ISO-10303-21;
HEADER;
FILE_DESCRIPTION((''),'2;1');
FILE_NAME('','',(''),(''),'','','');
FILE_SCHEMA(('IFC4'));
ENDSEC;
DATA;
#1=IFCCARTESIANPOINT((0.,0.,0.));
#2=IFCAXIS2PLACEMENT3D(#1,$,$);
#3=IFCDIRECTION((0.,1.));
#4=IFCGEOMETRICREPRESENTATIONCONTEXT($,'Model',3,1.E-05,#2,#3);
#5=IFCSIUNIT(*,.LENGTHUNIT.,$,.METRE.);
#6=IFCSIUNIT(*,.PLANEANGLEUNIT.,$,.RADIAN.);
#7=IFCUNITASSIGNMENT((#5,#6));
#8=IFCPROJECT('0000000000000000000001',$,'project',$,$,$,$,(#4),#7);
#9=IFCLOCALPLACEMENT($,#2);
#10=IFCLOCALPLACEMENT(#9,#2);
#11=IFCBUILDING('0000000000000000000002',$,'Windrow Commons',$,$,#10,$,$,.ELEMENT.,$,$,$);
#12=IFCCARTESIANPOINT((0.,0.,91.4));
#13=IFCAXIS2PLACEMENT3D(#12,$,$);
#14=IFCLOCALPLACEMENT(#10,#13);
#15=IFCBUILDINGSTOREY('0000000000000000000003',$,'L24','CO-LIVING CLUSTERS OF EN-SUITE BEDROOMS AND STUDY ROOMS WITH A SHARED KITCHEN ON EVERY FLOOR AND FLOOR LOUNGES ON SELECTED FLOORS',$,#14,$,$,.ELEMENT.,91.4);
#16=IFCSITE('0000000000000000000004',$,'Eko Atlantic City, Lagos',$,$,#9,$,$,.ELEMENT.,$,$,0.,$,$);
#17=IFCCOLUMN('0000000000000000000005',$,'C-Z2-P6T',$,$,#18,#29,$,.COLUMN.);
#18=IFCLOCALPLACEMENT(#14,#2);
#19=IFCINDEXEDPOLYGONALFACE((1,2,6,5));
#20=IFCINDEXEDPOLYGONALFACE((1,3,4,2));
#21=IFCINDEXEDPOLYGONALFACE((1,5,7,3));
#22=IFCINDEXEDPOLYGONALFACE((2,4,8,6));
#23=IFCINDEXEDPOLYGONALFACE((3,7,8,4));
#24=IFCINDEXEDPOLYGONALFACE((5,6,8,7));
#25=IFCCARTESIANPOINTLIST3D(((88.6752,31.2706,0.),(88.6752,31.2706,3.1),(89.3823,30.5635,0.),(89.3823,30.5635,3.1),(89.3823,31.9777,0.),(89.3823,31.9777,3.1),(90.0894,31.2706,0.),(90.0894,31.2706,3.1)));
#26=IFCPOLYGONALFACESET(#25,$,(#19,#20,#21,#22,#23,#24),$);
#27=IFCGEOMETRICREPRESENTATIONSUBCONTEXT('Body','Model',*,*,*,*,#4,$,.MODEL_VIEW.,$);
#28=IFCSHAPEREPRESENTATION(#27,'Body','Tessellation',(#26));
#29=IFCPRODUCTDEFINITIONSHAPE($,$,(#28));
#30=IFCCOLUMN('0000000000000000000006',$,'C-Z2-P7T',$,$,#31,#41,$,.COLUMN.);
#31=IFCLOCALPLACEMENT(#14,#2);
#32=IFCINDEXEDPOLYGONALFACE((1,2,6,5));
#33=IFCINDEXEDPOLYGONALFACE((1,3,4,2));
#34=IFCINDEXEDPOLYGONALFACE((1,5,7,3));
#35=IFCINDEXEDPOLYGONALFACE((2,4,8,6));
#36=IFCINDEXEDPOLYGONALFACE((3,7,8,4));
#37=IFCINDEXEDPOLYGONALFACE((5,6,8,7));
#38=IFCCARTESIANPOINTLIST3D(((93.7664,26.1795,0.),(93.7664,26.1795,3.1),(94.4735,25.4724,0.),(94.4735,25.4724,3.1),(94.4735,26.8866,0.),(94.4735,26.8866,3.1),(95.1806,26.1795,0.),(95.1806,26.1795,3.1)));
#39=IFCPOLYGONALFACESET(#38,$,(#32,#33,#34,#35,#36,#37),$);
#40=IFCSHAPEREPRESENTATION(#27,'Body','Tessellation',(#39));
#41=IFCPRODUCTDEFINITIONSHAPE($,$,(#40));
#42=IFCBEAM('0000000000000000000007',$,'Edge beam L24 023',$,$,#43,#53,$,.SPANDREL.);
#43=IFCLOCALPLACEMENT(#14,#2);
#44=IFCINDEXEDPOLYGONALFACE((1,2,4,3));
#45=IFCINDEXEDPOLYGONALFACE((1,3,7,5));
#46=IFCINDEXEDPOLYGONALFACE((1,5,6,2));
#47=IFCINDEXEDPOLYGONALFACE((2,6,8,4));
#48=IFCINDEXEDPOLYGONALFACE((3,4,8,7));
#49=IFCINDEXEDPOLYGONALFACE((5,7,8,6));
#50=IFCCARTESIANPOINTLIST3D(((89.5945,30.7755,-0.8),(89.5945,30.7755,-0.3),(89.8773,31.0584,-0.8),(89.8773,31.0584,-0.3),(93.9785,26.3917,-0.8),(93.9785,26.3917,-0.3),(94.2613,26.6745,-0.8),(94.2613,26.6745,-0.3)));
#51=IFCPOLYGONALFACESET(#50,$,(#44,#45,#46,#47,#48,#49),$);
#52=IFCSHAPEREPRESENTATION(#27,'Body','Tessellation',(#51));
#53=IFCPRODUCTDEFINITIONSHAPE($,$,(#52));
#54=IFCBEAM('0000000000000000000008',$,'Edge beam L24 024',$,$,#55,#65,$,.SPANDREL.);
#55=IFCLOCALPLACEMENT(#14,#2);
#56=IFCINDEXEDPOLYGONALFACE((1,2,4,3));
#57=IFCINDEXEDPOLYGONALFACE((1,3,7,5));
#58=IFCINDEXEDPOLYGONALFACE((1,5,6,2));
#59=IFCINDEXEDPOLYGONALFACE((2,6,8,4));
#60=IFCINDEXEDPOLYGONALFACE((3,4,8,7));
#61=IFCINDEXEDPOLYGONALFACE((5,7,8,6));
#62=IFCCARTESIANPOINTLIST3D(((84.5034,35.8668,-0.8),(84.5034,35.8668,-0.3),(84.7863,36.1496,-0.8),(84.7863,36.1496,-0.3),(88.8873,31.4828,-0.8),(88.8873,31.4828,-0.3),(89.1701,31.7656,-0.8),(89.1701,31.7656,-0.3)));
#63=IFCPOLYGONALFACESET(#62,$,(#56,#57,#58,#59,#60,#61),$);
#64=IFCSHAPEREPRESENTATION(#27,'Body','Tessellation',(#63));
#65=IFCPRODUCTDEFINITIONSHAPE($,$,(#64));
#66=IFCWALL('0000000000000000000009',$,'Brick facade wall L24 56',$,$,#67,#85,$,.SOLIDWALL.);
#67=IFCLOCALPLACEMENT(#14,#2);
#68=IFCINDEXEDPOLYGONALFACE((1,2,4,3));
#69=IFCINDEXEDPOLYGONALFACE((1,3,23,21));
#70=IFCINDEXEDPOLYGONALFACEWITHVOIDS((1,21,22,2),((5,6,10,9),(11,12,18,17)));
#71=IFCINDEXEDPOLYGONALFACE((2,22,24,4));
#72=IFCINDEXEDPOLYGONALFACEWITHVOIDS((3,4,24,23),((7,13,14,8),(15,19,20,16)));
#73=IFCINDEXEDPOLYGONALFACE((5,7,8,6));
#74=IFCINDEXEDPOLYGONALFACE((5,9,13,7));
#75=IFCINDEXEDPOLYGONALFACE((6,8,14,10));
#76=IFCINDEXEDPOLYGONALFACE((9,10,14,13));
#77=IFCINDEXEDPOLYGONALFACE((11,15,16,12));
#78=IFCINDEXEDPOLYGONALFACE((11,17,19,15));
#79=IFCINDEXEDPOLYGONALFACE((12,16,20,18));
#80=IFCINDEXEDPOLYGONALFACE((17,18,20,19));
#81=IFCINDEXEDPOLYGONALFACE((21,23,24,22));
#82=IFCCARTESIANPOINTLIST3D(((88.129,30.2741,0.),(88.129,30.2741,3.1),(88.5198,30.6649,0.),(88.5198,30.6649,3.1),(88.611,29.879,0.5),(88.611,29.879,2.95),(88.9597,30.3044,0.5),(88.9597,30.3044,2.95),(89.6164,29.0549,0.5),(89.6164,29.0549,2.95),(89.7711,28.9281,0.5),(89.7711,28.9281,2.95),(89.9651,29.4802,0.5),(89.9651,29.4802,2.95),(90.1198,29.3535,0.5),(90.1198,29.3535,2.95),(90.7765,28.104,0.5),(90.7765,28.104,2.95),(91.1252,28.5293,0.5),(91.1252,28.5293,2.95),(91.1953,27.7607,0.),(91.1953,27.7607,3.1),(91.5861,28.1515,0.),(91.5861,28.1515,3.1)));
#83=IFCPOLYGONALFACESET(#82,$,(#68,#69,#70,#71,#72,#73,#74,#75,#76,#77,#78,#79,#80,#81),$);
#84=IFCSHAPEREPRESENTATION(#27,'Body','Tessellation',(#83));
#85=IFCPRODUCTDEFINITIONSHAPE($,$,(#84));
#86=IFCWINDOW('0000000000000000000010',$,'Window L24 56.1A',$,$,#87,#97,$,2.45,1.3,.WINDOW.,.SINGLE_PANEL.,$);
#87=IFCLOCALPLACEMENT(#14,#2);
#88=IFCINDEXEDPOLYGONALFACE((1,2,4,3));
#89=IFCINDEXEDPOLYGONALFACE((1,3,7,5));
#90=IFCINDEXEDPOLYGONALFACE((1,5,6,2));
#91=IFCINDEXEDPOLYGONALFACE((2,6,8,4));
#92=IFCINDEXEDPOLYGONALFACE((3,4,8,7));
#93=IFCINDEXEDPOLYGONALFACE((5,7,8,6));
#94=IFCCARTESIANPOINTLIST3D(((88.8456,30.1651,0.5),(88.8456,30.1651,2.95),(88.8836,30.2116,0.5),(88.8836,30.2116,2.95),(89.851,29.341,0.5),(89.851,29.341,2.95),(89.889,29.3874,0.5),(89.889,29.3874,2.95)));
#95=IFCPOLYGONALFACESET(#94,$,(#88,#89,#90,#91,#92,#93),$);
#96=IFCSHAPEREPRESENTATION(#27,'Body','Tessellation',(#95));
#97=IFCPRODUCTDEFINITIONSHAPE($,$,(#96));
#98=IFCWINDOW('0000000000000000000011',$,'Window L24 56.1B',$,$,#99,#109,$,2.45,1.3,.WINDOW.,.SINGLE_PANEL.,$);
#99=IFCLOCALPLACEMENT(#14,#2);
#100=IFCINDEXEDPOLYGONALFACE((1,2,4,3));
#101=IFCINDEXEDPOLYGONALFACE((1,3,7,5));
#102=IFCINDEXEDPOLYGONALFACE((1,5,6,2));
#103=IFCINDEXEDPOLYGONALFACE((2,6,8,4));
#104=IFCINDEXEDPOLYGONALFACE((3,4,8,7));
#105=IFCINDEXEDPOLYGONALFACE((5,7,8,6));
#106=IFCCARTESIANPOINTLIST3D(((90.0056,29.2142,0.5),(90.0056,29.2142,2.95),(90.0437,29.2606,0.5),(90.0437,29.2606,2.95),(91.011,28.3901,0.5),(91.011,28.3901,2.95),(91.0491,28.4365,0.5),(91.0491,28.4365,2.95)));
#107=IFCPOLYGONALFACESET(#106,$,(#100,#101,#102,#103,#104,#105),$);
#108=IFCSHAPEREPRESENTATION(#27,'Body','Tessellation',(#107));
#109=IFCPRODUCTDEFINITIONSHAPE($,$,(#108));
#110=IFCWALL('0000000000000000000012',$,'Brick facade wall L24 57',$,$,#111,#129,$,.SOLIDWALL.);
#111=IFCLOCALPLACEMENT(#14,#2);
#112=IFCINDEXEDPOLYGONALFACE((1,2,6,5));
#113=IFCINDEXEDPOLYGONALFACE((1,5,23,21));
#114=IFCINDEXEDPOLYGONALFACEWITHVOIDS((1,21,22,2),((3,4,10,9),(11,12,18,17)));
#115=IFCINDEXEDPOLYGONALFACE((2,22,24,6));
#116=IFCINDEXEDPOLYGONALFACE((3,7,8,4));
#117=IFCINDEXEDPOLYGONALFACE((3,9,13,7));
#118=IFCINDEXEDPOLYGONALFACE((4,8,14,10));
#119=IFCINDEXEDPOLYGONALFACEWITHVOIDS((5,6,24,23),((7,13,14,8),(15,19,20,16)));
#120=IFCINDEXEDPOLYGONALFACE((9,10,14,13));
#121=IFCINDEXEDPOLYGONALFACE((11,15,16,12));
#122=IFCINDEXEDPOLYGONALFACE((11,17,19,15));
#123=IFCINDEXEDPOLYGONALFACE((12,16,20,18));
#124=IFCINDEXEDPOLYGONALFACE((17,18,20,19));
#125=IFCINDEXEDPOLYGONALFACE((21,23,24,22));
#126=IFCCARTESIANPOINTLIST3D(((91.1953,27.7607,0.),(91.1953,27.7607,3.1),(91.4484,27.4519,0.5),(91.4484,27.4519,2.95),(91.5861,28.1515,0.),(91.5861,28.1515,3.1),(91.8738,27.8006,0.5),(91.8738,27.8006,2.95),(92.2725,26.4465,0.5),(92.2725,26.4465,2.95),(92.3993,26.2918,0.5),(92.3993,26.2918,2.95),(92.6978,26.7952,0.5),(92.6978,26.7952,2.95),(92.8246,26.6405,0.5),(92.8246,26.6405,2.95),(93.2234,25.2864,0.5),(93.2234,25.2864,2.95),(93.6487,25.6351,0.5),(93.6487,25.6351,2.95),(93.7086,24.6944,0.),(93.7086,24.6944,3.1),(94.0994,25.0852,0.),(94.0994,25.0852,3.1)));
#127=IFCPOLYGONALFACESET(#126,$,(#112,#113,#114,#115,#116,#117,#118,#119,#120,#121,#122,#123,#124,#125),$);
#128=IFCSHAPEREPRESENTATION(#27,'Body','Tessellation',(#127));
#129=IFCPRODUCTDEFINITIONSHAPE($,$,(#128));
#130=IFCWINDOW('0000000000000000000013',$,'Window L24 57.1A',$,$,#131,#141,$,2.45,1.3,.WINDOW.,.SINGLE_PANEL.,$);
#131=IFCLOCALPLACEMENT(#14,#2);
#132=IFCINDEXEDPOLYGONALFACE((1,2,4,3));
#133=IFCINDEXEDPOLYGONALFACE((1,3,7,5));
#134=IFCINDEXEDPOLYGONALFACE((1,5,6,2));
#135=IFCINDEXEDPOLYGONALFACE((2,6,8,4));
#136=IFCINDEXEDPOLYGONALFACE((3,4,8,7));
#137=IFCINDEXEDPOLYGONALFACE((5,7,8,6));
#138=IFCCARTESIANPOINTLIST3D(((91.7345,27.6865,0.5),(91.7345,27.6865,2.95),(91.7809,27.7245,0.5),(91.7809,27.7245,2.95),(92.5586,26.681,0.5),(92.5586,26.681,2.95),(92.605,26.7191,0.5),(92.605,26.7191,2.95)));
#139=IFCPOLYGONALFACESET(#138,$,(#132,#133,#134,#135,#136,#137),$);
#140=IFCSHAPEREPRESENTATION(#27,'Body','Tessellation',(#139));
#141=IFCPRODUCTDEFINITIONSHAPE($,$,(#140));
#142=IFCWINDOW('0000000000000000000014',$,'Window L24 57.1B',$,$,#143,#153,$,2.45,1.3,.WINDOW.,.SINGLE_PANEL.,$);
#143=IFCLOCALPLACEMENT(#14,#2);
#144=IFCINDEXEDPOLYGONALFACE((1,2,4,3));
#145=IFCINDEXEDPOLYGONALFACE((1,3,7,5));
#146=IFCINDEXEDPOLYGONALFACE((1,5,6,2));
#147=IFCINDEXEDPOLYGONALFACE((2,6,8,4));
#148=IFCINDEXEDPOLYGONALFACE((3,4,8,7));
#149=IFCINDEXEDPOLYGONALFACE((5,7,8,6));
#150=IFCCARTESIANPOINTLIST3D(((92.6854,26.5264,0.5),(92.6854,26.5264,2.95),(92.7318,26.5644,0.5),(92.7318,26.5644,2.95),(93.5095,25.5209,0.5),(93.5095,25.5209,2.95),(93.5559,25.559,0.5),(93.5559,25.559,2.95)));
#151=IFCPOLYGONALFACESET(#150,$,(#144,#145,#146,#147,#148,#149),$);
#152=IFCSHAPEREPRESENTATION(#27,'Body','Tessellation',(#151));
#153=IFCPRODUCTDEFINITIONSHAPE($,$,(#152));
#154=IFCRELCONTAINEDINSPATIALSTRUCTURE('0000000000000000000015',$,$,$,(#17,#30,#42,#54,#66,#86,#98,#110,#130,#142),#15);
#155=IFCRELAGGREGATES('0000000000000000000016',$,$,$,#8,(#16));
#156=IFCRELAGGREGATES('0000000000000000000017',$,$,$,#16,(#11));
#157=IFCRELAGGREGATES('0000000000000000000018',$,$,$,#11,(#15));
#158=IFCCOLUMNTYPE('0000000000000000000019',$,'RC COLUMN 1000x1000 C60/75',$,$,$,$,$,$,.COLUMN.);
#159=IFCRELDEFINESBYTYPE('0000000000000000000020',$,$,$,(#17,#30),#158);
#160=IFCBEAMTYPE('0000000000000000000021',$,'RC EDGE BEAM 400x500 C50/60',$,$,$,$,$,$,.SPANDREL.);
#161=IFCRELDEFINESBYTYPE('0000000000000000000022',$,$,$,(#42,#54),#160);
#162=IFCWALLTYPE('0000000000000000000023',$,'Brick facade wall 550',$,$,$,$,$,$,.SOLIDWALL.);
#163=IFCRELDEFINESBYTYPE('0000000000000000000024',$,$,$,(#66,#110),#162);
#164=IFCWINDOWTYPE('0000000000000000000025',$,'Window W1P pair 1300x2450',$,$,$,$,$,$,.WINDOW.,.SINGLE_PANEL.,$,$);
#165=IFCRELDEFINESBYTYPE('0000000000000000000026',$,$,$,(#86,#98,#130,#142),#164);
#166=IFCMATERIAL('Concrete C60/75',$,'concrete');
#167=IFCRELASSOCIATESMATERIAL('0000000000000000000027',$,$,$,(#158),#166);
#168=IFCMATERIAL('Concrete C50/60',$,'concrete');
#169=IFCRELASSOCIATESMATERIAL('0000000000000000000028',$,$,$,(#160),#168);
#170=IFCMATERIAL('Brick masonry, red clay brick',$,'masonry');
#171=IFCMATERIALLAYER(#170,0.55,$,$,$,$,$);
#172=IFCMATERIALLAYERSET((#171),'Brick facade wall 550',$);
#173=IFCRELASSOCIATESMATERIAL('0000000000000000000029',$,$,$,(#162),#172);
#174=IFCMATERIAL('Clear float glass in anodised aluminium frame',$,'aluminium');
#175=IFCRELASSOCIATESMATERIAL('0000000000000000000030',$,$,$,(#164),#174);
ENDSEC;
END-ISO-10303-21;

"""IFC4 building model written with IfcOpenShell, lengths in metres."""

from ifc_helpers import new_model, si_unit, direction, frame, frame_2d, origin, origin_2d, place, context, subcontext, project, spatial, polyline, rectangle, outline, extrude, material, layer, layer_set, material_profile, profile_set, type_object, element, fill, save


model = new_model("IFC4")

# Units and contexts
model_context = context("Model", 3, precision=1e-05, world=origin(), true_north=direction((0.0, 1.0)))
body_context = subcontext(model_context, "Body", "Model", "MODEL_VIEW")
ifc_project = project(units=[si_unit("LENGTHUNIT", "METRE"), si_unit("PLANEANGLEUNIT", "RADIAN")], contexts=[model_context])

# Site, building, storey
site_placement = place(None, origin())
site = spatial("IfcSite", under=ifc_project, at=site_placement, Name="Eko Atlantic City, Lagos", CompositionType="ELEMENT", RefElevation=0.0)
building_placement = place(site_placement, origin())
building = spatial("IfcBuilding", under=site, at=building_placement, Name="Windrow Commons", CompositionType="ELEMENT")
storey_placement = place(building_placement, frame((0.0, 0.0, 91.4)))
storey = spatial("IfcBuildingStorey", under=building, at=storey_placement, Name="L24", Description="CO-LIVING CLUSTERS OF EN-SUITE BEDROOMS AND STUDY ROOMS WITH A SHARED KITCHEN ON EVERY FLOOR AND FLOOR LOUNGES ON SELECTED FLOORS", CompositionType="ELEMENT", Elevation=91.4)

# Columns
ifc_material_1 = material(Name="Concrete C60/75", Category="concrete")
ifc_material_profile_1 = material_profile(ifc_material_1, rectangle(XDim=1.0, YDim=1.0, at=origin_2d()))
ifc_profile_set_1 = profile_set([ifc_material_profile_1], Name="Concrete C60/75")
column_type = type_object("IfcColumnType", Name="RC COLUMN 1000x1000 C60/75", PredefinedType="COLUMN", material=ifc_profile_set_1)
for number, where, z_axis, x_axis, name in (
    (1, (89.3823, 31.2706, 0.0), (0.0, 0.0, 1.0), (0.707107, -0.707107, 0.0), "C-Z2-P6T"),
    (2, (94.4735, 26.1795, 0.0), (0.0, 0.0, 1.0), (0.707107, -0.707107, 0.0), "C-Z2-P7T"),
):
    element("IfcColumn", number, at=place(storey_placement, frame(where, z_axis=z_axis, x_axis=x_axis)), inside=storey, type_object=column_type, Name=name, PredefinedType="COLUMN", context=body_context, shape_type="SweptSolid", body=[
        extrude(rectangle(XDim=1.0, YDim=1.0, at=origin_2d()), origin(), (0.0, 0.0, 1.0), 3.1),
    ])

# Beams
ifc_material_2 = material(Name="Concrete C50/60", Category="concrete")
ifc_material_profile_2 = material_profile(ifc_material_2, rectangle(XDim=0.4, YDim=0.5, at=origin_2d()))
ifc_profile_set_2 = profile_set([ifc_material_profile_2], Name="Concrete C50/60")
beam_type = type_object("IfcBeamType", Name="RC EDGE BEAM 400x500 C50/60", PredefinedType="SPANDREL", material=ifc_profile_set_2)
for number, where, z_axis, x_axis, name in (
    (3, (94.1199, 26.5331, -0.55), (-0.707115, 0.707099, 0.0), (-0.707099, -0.707115, 0.0), "Edge beam L24 023"),
    (4, (89.0287, 31.6242, -0.55), (-0.707099, 0.707115, 0.0), (-0.707115, -0.707099, 0.0), "Edge beam L24 024"),
):
    element("IfcBeam", number, at=place(storey_placement, frame(where, z_axis=z_axis, x_axis=x_axis)), inside=storey, type_object=beam_type, Name=name, PredefinedType="SPANDREL", context=body_context, shape_type="SweptSolid", body=[
        extrude(rectangle(XDim=0.4, YDim=0.5, at=origin_2d()), origin(), (0.0, 0.0, 1.0), 6.1998),
    ])

# Walls, openings, windows
ifc_material_3 = material(Name="Brick masonry, red clay brick", Category="masonry")
ifc_layer_1 = layer(ifc_material_3, 0.55)
ifc_layer_set_1 = layer_set([ifc_layer_1], Name="Brick facade wall 550")
wall_type_1 = type_object("IfcWallType", Name="Brick facade wall 550", PredefinedType="SOLIDWALL", material=ifc_layer_set_1)
wall_1_placement = place(storey_placement, frame((88.3244, 30.4695, 0.0), z_axis=(0.0, 0.0, 1.0), x_axis=(0.773387, -0.633934, 0.0)))
wall_1 = element("IfcWall", 5, at=wall_1_placement, inside=storey, type_object=wall_type_1, Name="Brick facade wall L24 56", PredefinedType="SOLIDWALL", context=body_context, shape_type="SweptSolid", body=[
    extrude(outline(polyline([(-0.0273, -0.275), (3.9375, -0.275), (3.992, 0.275), (0.0273, 0.275), (-0.0273, -0.275)])), origin(), (0.0, 0.0, 1.0), 3.1),
])
opening_1_placement = place(wall_1_placement, frame((0.596, 0.0, 0.5)))
opening_1 = element("IfcOpeningElement", 6, at=opening_1_placement, cuts=wall_1, PredefinedType="OPENING", context=body_context, shape_type="SweptSolid", body=[
    extrude(rectangle(XDim=1.3, YDim=2.45, at=frame_2d((0.65, 1.225))), frame((0.0, 0.285, 0.0), z_axis=(0.0, -1.0, 0.0), x_axis=(1.0, 0.0, 0.0)), (0.0, 0.0, 1.0), 0.57),
])
opening_2_placement = place(wall_1_placement, frame((2.096, 0.0, 0.5)))
opening_2 = element("IfcOpeningElement", 7, at=opening_2_placement, cuts=wall_1, PredefinedType="OPENING", context=body_context, shape_type="SweptSolid", body=[
    extrude(rectangle(XDim=1.3, YDim=2.45, at=frame_2d((0.65, 1.225))), frame((0.0, 0.285, 0.0), z_axis=(0.0, -1.0, 0.0), x_axis=(1.0, 0.0, 0.0)), (0.0, 0.0, 1.0), 0.57),
])
ifc_material_4 = material(Name="Clear float glass in anodised aluminium frame", Category="aluminium")
window_type_1 = type_object("IfcWindowType", Name="Window W1P pair 1300x2450", PartitioningType="SINGLE_PANEL", PredefinedType="WINDOW", material=ifc_material_4)
window_1_placement = place(opening_1_placement, origin())
window_1 = element("IfcWindow", 8, at=window_1_placement, inside=storey, type_object=window_type_1, Name="Window L24 56.1A", OverallHeight=2.45, OverallWidth=1.3, PartitioningType="SINGLE_PANEL", PredefinedType="WINDOW", context=body_context, shape_type="SweptSolid", body=[
    extrude(rectangle(XDim=1.3, YDim=2.45, at=frame_2d((0.65, 1.225))), frame((0.0, 0.155, 0.0), z_axis=(0.0, -1.0, 0.0), x_axis=(1.0, 0.0, 0.0)), (0.0, 0.0, 1.0), 0.06),
])
fill(opening_1, window_1)
window_2_placement = place(opening_2_placement, origin())
window_2 = element("IfcWindow", 9, at=window_2_placement, inside=storey, type_object=window_type_1, Name="Window L24 56.1B", OverallHeight=2.45, OverallWidth=1.3, PartitioningType="SINGLE_PANEL", PredefinedType="WINDOW", context=body_context, shape_type="SweptSolid", body=[
    extrude(rectangle(XDim=1.3, YDim=2.45, at=frame_2d((0.65, 1.225))), frame((0.0, 0.155, 0.0), z_axis=(0.0, -1.0, 0.0), x_axis=(1.0, 0.0, 0.0)), (0.0, 0.0, 1.0), 0.06),
])
fill(opening_2, window_2)
wall_2_placement = place(storey_placement, frame((91.3907, 27.9561, 0.0), z_axis=(0.0, 0.0, 1.0), x_axis=(0.633919, -0.7734, 0.0)))
wall_2 = element("IfcWall", 10, at=wall_2_placement, inside=storey, type_object=wall_type_1, Name="Brick facade wall L24 57", PredefinedType="SOLIDWALL", context=body_context, shape_type="SweptSolid", body=[
    extrude(outline(polyline([(0.0273, -0.275), (3.992, -0.275), (3.9375, 0.275), (-0.0273, 0.275), (0.0273, -0.275)])), origin(), (0.0, 0.0, 1.0), 3.1),
])
opening_3_placement = place(wall_2_placement, frame((0.4265, 0.0, 0.5)))
opening_3 = element("IfcOpeningElement", 11, at=opening_3_placement, cuts=wall_2, PredefinedType="OPENING", context=body_context, shape_type="SweptSolid", body=[
    extrude(rectangle(XDim=1.3, YDim=2.45, at=frame_2d((0.65, 1.225))), frame((0.0, 0.285, 0.0), z_axis=(0.0, -1.0, 0.0), x_axis=(1.0, 0.0, 0.0)), (0.0, 0.0, 1.0), 0.57),
])
opening_4_placement = place(wall_2_placement, frame((1.9265, 0.0, 0.5)))
opening_4 = element("IfcOpeningElement", 12, at=opening_4_placement, cuts=wall_2, PredefinedType="OPENING", context=body_context, shape_type="SweptSolid", body=[
    extrude(rectangle(XDim=1.3, YDim=2.45, at=frame_2d((0.65, 1.225))), frame((0.0, 0.285, 0.0), z_axis=(0.0, -1.0, 0.0), x_axis=(1.0, 0.0, 0.0)), (0.0, 0.0, 1.0), 0.57),
])
window_3_placement = place(opening_3_placement, origin())
window_3 = element("IfcWindow", 13, at=window_3_placement, inside=storey, type_object=window_type_1, Name="Window L24 57.1A", OverallHeight=2.45, OverallWidth=1.3, PartitioningType="SINGLE_PANEL", PredefinedType="WINDOW", context=body_context, shape_type="SweptSolid", body=[
    extrude(rectangle(XDim=1.3, YDim=2.45, at=frame_2d((0.65, 1.225))), frame((0.0, 0.155, 0.0), z_axis=(0.0, -1.0, 0.0), x_axis=(1.0, 0.0, 0.0)), (0.0, 0.0, 1.0), 0.06),
])
fill(opening_3, window_3)
window_4_placement = place(opening_4_placement, origin())
window_4 = element("IfcWindow", 14, at=window_4_placement, inside=storey, type_object=window_type_1, Name="Window L24 57.1B", OverallHeight=2.45, OverallWidth=1.3, PartitioningType="SINGLE_PANEL", PredefinedType="WINDOW", context=body_context, shape_type="SweptSolid", body=[
    extrude(rectangle(XDim=1.3, YDim=2.45, at=frame_2d((0.65, 1.225))), frame((0.0, 0.155, 0.0), z_axis=(0.0, -1.0, 0.0), x_axis=(1.0, 0.0, 0.0)), (0.0, 0.0, 1.0), 0.06),
])
fill(opening_4, window_4)

save(model, "model.ifc")
